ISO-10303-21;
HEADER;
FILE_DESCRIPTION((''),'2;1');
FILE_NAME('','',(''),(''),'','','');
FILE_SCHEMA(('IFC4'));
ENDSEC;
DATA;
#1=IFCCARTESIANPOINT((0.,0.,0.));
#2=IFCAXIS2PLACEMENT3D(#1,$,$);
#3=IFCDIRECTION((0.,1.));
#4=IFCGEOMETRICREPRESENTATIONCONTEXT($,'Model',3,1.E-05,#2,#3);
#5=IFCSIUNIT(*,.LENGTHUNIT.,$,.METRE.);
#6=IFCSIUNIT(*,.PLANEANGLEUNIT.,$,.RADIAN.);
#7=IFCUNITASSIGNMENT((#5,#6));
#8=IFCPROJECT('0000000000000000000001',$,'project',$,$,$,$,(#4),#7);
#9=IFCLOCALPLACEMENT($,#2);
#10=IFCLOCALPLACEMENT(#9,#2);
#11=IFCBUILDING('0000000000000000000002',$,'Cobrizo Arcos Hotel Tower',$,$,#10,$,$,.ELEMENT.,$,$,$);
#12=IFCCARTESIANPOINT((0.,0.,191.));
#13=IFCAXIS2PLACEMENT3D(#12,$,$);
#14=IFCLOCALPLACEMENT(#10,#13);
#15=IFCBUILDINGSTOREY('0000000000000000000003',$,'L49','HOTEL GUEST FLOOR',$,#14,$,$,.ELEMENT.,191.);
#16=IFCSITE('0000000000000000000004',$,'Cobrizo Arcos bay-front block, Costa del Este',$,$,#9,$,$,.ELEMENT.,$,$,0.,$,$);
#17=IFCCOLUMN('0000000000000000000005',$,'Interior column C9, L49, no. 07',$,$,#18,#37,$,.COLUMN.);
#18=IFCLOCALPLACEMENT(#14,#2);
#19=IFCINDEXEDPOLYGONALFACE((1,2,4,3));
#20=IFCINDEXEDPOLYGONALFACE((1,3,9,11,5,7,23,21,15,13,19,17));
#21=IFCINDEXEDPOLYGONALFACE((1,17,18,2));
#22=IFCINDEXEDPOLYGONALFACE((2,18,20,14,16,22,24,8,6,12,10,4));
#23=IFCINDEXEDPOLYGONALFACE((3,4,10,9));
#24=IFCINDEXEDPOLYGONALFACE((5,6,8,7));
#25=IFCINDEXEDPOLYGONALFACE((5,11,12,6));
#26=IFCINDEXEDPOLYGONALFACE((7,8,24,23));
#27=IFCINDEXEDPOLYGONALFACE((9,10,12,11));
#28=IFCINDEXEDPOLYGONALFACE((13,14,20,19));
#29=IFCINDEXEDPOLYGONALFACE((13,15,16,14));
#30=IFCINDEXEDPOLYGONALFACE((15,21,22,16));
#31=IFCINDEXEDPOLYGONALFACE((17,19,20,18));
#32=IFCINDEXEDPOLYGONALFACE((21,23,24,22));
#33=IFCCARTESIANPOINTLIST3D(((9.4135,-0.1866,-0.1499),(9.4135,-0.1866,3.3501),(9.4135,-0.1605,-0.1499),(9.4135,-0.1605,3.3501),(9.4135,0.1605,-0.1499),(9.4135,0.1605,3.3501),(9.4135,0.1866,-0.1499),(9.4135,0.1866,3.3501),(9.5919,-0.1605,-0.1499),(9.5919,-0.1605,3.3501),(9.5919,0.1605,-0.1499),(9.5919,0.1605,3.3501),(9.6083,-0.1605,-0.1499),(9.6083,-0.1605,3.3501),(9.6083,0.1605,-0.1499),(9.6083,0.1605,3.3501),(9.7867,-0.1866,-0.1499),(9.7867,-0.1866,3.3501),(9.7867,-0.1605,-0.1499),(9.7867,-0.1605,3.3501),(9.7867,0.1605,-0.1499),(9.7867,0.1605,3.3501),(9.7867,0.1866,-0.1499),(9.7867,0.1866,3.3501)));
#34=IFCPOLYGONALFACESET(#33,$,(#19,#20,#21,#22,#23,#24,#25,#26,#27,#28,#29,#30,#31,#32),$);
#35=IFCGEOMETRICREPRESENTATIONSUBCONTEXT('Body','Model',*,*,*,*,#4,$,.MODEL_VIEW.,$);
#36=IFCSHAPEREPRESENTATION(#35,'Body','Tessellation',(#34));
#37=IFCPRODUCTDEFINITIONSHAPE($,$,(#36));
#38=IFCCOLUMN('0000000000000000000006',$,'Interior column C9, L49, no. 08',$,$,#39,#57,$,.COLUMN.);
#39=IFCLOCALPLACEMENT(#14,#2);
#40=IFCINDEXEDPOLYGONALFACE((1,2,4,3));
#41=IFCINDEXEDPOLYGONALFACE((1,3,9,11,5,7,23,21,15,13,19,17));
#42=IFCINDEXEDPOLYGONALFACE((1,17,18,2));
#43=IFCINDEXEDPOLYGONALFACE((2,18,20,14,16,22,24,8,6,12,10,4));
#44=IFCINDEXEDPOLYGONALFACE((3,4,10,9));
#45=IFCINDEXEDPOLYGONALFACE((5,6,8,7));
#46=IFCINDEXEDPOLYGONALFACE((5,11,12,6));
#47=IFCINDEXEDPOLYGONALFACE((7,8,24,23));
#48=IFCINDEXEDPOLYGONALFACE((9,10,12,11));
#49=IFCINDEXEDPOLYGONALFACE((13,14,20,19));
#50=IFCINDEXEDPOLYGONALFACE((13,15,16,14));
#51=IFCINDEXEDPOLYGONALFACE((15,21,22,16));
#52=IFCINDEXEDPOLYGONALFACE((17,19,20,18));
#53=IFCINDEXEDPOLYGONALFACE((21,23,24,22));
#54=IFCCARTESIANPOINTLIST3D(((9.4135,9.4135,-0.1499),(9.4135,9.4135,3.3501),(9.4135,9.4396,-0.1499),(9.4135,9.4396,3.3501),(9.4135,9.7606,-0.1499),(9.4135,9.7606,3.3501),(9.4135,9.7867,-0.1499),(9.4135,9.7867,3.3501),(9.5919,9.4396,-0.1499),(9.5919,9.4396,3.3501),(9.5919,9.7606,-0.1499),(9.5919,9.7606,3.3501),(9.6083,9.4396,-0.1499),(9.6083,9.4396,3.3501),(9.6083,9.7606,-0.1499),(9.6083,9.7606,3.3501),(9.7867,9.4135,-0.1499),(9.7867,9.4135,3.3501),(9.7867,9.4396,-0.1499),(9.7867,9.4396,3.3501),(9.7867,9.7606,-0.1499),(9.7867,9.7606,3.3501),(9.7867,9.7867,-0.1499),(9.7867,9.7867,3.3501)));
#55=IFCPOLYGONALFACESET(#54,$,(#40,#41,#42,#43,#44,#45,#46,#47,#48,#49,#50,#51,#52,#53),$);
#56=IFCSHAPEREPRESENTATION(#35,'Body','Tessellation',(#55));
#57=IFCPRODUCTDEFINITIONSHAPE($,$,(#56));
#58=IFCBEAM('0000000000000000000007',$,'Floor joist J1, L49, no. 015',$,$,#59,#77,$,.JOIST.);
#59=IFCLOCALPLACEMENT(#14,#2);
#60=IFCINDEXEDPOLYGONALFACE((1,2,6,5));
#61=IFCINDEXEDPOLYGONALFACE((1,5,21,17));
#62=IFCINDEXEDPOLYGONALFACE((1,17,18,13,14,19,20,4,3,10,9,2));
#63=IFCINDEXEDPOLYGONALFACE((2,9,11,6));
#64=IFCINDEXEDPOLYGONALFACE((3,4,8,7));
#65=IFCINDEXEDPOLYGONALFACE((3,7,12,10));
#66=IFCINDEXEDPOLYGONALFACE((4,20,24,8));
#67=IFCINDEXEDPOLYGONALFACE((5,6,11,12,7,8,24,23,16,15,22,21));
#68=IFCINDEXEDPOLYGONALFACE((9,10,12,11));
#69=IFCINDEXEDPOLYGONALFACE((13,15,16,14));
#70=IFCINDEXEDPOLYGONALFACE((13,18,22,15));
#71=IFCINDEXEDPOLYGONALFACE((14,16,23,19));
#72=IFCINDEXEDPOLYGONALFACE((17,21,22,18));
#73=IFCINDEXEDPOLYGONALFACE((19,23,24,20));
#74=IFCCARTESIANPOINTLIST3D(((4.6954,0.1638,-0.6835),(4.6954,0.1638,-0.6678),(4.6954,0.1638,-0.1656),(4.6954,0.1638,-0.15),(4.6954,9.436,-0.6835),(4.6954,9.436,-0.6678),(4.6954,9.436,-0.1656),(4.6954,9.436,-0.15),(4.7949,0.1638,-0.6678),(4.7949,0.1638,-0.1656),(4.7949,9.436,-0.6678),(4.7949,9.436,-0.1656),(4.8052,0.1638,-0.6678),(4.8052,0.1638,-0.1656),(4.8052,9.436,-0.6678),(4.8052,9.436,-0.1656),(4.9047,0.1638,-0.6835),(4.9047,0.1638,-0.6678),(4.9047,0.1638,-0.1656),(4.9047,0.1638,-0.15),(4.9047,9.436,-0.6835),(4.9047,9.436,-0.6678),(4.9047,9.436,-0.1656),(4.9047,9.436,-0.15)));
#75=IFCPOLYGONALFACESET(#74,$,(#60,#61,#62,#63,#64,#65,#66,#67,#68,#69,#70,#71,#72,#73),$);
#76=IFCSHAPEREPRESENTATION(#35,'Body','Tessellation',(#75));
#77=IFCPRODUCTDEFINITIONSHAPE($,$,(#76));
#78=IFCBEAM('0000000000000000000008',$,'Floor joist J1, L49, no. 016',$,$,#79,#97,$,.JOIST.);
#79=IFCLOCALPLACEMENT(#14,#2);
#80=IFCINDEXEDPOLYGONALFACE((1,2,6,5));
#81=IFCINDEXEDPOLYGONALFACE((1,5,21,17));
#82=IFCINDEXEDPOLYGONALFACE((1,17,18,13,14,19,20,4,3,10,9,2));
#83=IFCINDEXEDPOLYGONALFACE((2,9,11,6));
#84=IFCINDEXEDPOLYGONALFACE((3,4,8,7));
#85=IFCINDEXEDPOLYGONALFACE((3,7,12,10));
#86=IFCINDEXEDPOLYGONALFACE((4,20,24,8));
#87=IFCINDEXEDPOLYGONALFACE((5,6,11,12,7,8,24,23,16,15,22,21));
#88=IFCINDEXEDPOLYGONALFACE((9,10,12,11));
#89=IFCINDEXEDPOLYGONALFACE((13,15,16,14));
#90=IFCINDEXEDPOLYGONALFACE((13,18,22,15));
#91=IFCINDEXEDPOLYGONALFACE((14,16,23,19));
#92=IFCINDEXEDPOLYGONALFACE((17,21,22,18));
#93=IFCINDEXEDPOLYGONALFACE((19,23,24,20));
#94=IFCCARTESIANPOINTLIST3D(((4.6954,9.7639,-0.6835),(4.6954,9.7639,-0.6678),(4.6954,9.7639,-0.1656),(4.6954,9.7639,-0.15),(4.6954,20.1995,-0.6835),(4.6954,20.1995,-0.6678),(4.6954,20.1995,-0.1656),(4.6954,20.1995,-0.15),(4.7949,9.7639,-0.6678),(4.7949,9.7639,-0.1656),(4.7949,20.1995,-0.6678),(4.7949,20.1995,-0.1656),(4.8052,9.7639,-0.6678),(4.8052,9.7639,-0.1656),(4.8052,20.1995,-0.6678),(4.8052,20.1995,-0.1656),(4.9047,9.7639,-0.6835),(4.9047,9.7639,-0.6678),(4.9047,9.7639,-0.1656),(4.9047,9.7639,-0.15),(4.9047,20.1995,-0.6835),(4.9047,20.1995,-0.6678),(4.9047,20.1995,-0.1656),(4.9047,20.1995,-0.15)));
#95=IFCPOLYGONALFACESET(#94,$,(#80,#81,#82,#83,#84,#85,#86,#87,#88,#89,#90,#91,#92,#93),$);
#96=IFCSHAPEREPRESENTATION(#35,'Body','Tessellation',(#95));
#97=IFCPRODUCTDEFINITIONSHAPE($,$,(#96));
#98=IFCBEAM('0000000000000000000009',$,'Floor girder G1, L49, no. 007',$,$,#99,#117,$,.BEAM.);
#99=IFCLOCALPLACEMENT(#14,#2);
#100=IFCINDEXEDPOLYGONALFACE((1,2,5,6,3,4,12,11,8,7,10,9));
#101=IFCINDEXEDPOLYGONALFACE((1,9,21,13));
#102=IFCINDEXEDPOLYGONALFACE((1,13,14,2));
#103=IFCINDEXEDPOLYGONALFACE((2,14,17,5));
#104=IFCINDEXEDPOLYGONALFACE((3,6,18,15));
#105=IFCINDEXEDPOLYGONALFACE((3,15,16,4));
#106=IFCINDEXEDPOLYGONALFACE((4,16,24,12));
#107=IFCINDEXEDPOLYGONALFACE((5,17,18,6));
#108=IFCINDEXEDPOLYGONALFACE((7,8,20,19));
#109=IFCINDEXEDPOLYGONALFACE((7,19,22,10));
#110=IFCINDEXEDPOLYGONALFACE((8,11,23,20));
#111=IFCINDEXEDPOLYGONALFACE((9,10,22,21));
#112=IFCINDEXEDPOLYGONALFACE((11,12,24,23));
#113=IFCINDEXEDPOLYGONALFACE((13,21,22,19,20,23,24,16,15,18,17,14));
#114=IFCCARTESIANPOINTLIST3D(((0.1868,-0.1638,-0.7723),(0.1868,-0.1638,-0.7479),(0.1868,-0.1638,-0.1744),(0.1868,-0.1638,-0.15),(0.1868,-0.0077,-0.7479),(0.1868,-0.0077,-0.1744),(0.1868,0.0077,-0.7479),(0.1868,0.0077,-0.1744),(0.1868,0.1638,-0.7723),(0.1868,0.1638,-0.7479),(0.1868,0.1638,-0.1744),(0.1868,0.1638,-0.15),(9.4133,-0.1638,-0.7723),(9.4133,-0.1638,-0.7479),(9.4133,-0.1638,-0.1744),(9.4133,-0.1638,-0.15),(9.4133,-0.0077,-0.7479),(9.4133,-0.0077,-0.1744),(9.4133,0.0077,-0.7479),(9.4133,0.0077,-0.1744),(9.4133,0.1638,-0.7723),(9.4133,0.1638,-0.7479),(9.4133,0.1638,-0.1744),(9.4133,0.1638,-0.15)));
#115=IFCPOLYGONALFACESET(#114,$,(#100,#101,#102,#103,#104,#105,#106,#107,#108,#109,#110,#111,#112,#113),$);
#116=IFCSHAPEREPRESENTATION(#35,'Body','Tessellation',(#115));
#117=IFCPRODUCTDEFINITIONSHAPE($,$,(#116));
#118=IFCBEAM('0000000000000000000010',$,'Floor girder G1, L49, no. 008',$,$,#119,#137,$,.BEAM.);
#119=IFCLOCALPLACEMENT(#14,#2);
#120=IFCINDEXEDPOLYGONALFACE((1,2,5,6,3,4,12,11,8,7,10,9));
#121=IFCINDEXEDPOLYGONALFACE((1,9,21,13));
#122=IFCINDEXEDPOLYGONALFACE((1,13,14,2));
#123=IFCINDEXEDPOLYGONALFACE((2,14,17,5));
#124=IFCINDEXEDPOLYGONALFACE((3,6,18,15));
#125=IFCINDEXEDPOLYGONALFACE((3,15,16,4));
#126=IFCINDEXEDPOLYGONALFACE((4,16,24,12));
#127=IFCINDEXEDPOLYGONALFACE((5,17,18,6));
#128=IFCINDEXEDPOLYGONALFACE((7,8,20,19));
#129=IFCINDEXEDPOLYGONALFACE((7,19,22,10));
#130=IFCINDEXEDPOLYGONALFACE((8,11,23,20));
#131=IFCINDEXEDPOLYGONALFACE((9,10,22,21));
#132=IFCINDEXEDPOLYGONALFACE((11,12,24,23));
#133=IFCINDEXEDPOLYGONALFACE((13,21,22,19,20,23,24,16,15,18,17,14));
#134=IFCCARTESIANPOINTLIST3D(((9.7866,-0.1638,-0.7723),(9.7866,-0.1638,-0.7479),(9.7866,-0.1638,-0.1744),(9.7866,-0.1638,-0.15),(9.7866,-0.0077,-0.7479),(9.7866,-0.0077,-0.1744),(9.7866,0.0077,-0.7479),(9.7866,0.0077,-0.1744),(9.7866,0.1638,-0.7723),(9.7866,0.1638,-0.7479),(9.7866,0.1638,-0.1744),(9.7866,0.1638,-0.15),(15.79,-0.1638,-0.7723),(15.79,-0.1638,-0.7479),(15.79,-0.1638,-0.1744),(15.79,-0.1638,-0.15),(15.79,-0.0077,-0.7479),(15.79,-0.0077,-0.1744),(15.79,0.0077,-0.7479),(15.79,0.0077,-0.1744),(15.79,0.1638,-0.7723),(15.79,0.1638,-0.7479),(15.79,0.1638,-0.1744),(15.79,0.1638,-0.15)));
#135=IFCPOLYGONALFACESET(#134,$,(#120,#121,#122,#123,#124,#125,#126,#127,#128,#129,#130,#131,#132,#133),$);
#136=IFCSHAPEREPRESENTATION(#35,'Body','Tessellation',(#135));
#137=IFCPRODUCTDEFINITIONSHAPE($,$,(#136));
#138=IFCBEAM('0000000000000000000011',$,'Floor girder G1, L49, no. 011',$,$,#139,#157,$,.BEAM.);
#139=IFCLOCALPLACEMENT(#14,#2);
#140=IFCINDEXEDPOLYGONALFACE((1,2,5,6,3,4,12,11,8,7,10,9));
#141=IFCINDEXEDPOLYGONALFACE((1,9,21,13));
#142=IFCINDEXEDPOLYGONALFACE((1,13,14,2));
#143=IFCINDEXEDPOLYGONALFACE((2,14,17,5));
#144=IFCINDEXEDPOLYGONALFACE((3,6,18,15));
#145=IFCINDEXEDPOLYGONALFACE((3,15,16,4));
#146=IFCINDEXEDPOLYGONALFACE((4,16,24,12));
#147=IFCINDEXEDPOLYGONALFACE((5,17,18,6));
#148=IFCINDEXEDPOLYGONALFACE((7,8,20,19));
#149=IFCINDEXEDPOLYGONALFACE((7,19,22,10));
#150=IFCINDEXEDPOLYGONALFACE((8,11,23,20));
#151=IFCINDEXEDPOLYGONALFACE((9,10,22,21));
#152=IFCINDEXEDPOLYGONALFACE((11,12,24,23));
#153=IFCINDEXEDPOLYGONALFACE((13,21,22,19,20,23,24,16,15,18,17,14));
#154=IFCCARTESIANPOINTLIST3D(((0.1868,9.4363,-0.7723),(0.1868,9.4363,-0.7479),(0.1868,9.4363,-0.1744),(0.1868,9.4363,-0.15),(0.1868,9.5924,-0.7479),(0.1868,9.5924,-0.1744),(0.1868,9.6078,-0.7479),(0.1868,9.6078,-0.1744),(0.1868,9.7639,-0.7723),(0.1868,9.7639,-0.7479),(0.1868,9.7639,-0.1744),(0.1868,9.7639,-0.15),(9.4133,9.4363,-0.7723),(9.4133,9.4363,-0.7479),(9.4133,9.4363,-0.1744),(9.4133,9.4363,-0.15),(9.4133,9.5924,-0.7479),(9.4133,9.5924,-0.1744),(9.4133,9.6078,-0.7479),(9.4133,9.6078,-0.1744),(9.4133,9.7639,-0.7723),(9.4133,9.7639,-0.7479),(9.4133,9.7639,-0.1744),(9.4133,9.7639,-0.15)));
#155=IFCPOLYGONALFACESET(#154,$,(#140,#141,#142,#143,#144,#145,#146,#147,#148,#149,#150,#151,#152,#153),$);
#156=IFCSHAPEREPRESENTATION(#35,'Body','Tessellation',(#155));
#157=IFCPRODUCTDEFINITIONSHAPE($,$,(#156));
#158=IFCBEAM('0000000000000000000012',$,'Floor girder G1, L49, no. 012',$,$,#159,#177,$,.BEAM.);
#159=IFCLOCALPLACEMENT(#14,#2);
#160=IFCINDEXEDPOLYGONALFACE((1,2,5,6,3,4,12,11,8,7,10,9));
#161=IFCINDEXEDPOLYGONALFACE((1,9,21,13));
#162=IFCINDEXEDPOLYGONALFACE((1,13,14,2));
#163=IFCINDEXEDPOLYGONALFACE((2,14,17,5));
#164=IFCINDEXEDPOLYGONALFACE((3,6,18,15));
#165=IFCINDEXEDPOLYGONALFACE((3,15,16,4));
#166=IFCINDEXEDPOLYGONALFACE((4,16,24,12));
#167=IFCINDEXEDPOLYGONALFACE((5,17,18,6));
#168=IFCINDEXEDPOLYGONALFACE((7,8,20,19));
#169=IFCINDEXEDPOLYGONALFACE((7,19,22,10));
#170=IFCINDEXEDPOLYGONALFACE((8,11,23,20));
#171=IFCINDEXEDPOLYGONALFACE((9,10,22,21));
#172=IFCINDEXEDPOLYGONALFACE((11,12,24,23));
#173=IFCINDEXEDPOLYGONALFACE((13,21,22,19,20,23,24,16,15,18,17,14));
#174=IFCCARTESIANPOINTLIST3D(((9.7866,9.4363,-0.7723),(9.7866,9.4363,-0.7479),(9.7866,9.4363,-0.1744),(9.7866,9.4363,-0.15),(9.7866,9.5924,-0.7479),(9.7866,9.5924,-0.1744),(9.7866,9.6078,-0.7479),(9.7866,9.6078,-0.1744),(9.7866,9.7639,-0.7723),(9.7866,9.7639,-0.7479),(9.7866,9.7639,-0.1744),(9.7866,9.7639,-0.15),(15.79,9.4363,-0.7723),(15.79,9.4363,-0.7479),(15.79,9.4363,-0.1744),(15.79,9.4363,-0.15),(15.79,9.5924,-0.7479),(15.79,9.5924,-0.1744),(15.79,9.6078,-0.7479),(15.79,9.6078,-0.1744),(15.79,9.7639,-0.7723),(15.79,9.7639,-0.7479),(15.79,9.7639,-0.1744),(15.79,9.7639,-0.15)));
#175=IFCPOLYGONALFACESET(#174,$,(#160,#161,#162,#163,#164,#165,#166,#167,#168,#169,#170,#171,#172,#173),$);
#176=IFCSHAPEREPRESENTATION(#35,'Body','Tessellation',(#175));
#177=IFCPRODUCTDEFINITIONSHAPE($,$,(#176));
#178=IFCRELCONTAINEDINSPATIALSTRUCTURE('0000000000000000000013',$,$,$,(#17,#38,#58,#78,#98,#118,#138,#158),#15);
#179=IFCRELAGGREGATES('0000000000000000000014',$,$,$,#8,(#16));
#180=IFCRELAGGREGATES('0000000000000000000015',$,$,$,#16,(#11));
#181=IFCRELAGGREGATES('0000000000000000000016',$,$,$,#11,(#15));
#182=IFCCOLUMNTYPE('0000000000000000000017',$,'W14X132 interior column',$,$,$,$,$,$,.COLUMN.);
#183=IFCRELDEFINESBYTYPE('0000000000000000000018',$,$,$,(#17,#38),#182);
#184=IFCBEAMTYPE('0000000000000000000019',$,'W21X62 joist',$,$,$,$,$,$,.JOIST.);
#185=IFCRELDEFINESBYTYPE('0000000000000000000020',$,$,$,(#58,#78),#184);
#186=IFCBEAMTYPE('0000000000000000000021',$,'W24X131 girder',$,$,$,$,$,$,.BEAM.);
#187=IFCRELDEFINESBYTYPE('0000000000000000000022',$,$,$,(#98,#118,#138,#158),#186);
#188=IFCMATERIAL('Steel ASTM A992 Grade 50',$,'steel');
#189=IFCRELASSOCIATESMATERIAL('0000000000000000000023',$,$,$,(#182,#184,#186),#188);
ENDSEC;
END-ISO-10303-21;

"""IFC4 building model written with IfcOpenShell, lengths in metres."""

from ifc_helpers import new_model, si_unit, direction, frame, origin, origin_2d, place, context, subcontext, project, spatial, i_section, extrude, material, material_profile, profile_set, type_object, element, save


model = new_model("IFC4")

# Units and contexts
model_context = context("Model", 3, precision=1e-05, world=origin(), true_north=direction((0.0, 1.0)))
body_context = subcontext(model_context, "Body", "Model", "MODEL_VIEW")
ifc_project = project(units=[si_unit("LENGTHUNIT", "METRE"), si_unit("PLANEANGLEUNIT", "RADIAN")], contexts=[model_context])

# Site, building, storey
site_placement = place(None, origin())
site = spatial("IfcSite", under=ifc_project, at=site_placement, Name="Cobrizo Arcos bay-front block, Costa del Este", CompositionType="ELEMENT", RefElevation=0.0)
building_placement = place(site_placement, origin())
building = spatial("IfcBuilding", under=site, at=building_placement, Name="Cobrizo Arcos Hotel Tower", CompositionType="ELEMENT")
storey_placement = place(building_placement, frame((0.0, 0.0, 191.0)))
storey = spatial("IfcBuildingStorey", under=building, at=storey_placement, Name="L49", Description="HOTEL GUEST FLOOR", CompositionType="ELEMENT", Elevation=191.0)

# Columns
ifc_material_1 = material(Name="Steel ASTM A992 Grade 50", Category="steel")
ifc_material_profile_1 = material_profile(ifc_material_1, i_section(OverallWidth=0.3733, OverallDepth=0.3733, WebThickness=0.0164, FlangeThickness=0.0261, at=origin_2d()), Name="W14X132")
ifc_profile_set_1 = profile_set([ifc_material_profile_1], Name="Steel ASTM A992 Grade 50")
column_type = type_object("IfcColumnType", Name="W14X132 interior column", PredefinedType="COLUMN", material=ifc_profile_set_1)
for number, where, z_axis, x_axis, name in (
    (1, (9.6001, 0.0, -0.1499), (0.0, 0.0, 1.0), (1.0, 0.0, 0.0), "Interior column C9, L49, no. 07"),
    (2, (9.6001, 9.6001, -0.1499), (0.0, 0.0, 1.0), (1.0, 0.0, 0.0), "Interior column C9, L49, no. 08"),
):
    element("IfcColumn", number, at=place(storey_placement, frame(where, z_axis=z_axis, x_axis=x_axis)), inside=storey, type_object=column_type, Name=name, PredefinedType="COLUMN", context=body_context, shape_type="SweptSolid", body=[
        extrude(i_section(OverallWidth=0.3733, OverallDepth=0.3733, WebThickness=0.0164, FlangeThickness=0.0261, at=origin_2d()), origin(), (0.0, 0.0, 1.0), 3.5),
    ])

# Beams
ifc_material_profile_2 = material_profile(ifc_material_1, i_section(OverallWidth=0.2092, OverallDepth=0.5334, WebThickness=0.0103, FlangeThickness=0.0156, at=origin_2d()), Name="W21X62")
ifc_profile_set_2 = profile_set([ifc_material_profile_2], Name="Steel ASTM A992 Grade 50")
beam_type_1 = type_object("IfcBeamType", Name="W21X62 joist", PredefinedType="JOIST", material=ifc_profile_set_2)
beam_1_placement = place(storey_placement, frame((4.8, 0.1638, -0.4167), z_axis=(0.0, 1.0, 0.0), x_axis=(-1.0, 0.0, 0.0)))
element("IfcBeam", 3, at=beam_1_placement, inside=storey, type_object=beam_type_1, Name="Floor joist J1, L49, no. 015", PredefinedType="JOIST", context=body_context, shape_type="SweptSolid", body=[
    extrude(i_section(OverallWidth=0.2092, OverallDepth=0.5334, WebThickness=0.0103, FlangeThickness=0.0156, at=origin_2d()), origin(), (0.0, 0.0, 1.0), 9.2722),
])
beam_2_placement = place(storey_placement, frame((4.8, 9.7639, -0.4167), z_axis=(0.0, 1.0, 0.0), x_axis=(-1.0, 0.0, 0.0)))
element("IfcBeam", 4, at=beam_2_placement, inside=storey, type_object=beam_type_1, Name="Floor joist J1, L49, no. 016", PredefinedType="JOIST", context=body_context, shape_type="SweptSolid", body=[
    extrude(i_section(OverallWidth=0.2092, OverallDepth=0.5334, WebThickness=0.0103, FlangeThickness=0.0156, at=origin_2d()), origin(), (0.0, 0.0, 1.0), 10.4355),
])
ifc_material_profile_3 = material_profile(ifc_material_1, i_section(OverallWidth=0.3276, OverallDepth=0.6223, WebThickness=0.0154, FlangeThickness=0.0244, at=origin_2d()), Name="W24X131")
ifc_profile_set_3 = profile_set([ifc_material_profile_3], Name="Steel ASTM A992 Grade 50")
beam_type_2 = type_object("IfcBeamType", Name="W24X131 girder", PredefinedType="BEAM", material=ifc_profile_set_3)
beam_3_placement = place(storey_placement, frame((0.1868, 0.0, -0.4612), z_axis=(1.0, 0.0, 0.0), x_axis=(0.0, 1.0, 0.0)))
element("IfcBeam", 5, at=beam_3_placement, inside=storey, type_object=beam_type_2, Name="Floor girder G1, L49, no. 007", PredefinedType="BEAM", context=body_context, shape_type="SweptSolid", body=[
    extrude(i_section(OverallWidth=0.3276, OverallDepth=0.6223, WebThickness=0.0154, FlangeThickness=0.0244, at=origin_2d()), origin(), (0.0, 0.0, 1.0), 9.2266),
])
beam_4_placement = place(storey_placement, frame((9.7866, 0.0, -0.4612), z_axis=(1.0, 0.0, 0.0), x_axis=(0.0, 1.0, 0.0)))
element("IfcBeam", 6, at=beam_4_placement, inside=storey, type_object=beam_type_2, Name="Floor girder G1, L49, no. 008", PredefinedType="BEAM", context=body_context, shape_type="SweptSolid", body=[
    extrude(i_section(OverallWidth=0.3276, OverallDepth=0.6223, WebThickness=0.0154, FlangeThickness=0.0244, at=origin_2d()), origin(), (0.0, 0.0, 1.0), 6.0034),
])
beam_5_placement = place(storey_placement, frame((0.1868, 9.6001, -0.4612), z_axis=(1.0, 0.0, 0.0), x_axis=(0.0, 1.0, 0.0)))
element("IfcBeam", 7, at=beam_5_placement, inside=storey, type_object=beam_type_2, Name="Floor girder G1, L49, no. 011", PredefinedType="BEAM", context=body_context, shape_type="SweptSolid", body=[
    extrude(i_section(OverallWidth=0.3276, OverallDepth=0.6223, WebThickness=0.0154, FlangeThickness=0.0244, at=origin_2d()), origin(), (0.0, 0.0, 1.0), 9.2266),
])
beam_6_placement = place(storey_placement, frame((9.7866, 9.6001, -0.4612), z_axis=(1.0, 0.0, 0.0), x_axis=(0.0, 1.0, 0.0)))
element("IfcBeam", 8, at=beam_6_placement, inside=storey, type_object=beam_type_2, Name="Floor girder G1, L49, no. 012", PredefinedType="BEAM", context=body_context, shape_type="SweptSolid", body=[
    extrude(i_section(OverallWidth=0.3276, OverallDepth=0.6223, WebThickness=0.0154, FlangeThickness=0.0244, at=origin_2d()), origin(), (0.0, 0.0, 1.0), 6.0034),
])

save(model, "model.ifc")
